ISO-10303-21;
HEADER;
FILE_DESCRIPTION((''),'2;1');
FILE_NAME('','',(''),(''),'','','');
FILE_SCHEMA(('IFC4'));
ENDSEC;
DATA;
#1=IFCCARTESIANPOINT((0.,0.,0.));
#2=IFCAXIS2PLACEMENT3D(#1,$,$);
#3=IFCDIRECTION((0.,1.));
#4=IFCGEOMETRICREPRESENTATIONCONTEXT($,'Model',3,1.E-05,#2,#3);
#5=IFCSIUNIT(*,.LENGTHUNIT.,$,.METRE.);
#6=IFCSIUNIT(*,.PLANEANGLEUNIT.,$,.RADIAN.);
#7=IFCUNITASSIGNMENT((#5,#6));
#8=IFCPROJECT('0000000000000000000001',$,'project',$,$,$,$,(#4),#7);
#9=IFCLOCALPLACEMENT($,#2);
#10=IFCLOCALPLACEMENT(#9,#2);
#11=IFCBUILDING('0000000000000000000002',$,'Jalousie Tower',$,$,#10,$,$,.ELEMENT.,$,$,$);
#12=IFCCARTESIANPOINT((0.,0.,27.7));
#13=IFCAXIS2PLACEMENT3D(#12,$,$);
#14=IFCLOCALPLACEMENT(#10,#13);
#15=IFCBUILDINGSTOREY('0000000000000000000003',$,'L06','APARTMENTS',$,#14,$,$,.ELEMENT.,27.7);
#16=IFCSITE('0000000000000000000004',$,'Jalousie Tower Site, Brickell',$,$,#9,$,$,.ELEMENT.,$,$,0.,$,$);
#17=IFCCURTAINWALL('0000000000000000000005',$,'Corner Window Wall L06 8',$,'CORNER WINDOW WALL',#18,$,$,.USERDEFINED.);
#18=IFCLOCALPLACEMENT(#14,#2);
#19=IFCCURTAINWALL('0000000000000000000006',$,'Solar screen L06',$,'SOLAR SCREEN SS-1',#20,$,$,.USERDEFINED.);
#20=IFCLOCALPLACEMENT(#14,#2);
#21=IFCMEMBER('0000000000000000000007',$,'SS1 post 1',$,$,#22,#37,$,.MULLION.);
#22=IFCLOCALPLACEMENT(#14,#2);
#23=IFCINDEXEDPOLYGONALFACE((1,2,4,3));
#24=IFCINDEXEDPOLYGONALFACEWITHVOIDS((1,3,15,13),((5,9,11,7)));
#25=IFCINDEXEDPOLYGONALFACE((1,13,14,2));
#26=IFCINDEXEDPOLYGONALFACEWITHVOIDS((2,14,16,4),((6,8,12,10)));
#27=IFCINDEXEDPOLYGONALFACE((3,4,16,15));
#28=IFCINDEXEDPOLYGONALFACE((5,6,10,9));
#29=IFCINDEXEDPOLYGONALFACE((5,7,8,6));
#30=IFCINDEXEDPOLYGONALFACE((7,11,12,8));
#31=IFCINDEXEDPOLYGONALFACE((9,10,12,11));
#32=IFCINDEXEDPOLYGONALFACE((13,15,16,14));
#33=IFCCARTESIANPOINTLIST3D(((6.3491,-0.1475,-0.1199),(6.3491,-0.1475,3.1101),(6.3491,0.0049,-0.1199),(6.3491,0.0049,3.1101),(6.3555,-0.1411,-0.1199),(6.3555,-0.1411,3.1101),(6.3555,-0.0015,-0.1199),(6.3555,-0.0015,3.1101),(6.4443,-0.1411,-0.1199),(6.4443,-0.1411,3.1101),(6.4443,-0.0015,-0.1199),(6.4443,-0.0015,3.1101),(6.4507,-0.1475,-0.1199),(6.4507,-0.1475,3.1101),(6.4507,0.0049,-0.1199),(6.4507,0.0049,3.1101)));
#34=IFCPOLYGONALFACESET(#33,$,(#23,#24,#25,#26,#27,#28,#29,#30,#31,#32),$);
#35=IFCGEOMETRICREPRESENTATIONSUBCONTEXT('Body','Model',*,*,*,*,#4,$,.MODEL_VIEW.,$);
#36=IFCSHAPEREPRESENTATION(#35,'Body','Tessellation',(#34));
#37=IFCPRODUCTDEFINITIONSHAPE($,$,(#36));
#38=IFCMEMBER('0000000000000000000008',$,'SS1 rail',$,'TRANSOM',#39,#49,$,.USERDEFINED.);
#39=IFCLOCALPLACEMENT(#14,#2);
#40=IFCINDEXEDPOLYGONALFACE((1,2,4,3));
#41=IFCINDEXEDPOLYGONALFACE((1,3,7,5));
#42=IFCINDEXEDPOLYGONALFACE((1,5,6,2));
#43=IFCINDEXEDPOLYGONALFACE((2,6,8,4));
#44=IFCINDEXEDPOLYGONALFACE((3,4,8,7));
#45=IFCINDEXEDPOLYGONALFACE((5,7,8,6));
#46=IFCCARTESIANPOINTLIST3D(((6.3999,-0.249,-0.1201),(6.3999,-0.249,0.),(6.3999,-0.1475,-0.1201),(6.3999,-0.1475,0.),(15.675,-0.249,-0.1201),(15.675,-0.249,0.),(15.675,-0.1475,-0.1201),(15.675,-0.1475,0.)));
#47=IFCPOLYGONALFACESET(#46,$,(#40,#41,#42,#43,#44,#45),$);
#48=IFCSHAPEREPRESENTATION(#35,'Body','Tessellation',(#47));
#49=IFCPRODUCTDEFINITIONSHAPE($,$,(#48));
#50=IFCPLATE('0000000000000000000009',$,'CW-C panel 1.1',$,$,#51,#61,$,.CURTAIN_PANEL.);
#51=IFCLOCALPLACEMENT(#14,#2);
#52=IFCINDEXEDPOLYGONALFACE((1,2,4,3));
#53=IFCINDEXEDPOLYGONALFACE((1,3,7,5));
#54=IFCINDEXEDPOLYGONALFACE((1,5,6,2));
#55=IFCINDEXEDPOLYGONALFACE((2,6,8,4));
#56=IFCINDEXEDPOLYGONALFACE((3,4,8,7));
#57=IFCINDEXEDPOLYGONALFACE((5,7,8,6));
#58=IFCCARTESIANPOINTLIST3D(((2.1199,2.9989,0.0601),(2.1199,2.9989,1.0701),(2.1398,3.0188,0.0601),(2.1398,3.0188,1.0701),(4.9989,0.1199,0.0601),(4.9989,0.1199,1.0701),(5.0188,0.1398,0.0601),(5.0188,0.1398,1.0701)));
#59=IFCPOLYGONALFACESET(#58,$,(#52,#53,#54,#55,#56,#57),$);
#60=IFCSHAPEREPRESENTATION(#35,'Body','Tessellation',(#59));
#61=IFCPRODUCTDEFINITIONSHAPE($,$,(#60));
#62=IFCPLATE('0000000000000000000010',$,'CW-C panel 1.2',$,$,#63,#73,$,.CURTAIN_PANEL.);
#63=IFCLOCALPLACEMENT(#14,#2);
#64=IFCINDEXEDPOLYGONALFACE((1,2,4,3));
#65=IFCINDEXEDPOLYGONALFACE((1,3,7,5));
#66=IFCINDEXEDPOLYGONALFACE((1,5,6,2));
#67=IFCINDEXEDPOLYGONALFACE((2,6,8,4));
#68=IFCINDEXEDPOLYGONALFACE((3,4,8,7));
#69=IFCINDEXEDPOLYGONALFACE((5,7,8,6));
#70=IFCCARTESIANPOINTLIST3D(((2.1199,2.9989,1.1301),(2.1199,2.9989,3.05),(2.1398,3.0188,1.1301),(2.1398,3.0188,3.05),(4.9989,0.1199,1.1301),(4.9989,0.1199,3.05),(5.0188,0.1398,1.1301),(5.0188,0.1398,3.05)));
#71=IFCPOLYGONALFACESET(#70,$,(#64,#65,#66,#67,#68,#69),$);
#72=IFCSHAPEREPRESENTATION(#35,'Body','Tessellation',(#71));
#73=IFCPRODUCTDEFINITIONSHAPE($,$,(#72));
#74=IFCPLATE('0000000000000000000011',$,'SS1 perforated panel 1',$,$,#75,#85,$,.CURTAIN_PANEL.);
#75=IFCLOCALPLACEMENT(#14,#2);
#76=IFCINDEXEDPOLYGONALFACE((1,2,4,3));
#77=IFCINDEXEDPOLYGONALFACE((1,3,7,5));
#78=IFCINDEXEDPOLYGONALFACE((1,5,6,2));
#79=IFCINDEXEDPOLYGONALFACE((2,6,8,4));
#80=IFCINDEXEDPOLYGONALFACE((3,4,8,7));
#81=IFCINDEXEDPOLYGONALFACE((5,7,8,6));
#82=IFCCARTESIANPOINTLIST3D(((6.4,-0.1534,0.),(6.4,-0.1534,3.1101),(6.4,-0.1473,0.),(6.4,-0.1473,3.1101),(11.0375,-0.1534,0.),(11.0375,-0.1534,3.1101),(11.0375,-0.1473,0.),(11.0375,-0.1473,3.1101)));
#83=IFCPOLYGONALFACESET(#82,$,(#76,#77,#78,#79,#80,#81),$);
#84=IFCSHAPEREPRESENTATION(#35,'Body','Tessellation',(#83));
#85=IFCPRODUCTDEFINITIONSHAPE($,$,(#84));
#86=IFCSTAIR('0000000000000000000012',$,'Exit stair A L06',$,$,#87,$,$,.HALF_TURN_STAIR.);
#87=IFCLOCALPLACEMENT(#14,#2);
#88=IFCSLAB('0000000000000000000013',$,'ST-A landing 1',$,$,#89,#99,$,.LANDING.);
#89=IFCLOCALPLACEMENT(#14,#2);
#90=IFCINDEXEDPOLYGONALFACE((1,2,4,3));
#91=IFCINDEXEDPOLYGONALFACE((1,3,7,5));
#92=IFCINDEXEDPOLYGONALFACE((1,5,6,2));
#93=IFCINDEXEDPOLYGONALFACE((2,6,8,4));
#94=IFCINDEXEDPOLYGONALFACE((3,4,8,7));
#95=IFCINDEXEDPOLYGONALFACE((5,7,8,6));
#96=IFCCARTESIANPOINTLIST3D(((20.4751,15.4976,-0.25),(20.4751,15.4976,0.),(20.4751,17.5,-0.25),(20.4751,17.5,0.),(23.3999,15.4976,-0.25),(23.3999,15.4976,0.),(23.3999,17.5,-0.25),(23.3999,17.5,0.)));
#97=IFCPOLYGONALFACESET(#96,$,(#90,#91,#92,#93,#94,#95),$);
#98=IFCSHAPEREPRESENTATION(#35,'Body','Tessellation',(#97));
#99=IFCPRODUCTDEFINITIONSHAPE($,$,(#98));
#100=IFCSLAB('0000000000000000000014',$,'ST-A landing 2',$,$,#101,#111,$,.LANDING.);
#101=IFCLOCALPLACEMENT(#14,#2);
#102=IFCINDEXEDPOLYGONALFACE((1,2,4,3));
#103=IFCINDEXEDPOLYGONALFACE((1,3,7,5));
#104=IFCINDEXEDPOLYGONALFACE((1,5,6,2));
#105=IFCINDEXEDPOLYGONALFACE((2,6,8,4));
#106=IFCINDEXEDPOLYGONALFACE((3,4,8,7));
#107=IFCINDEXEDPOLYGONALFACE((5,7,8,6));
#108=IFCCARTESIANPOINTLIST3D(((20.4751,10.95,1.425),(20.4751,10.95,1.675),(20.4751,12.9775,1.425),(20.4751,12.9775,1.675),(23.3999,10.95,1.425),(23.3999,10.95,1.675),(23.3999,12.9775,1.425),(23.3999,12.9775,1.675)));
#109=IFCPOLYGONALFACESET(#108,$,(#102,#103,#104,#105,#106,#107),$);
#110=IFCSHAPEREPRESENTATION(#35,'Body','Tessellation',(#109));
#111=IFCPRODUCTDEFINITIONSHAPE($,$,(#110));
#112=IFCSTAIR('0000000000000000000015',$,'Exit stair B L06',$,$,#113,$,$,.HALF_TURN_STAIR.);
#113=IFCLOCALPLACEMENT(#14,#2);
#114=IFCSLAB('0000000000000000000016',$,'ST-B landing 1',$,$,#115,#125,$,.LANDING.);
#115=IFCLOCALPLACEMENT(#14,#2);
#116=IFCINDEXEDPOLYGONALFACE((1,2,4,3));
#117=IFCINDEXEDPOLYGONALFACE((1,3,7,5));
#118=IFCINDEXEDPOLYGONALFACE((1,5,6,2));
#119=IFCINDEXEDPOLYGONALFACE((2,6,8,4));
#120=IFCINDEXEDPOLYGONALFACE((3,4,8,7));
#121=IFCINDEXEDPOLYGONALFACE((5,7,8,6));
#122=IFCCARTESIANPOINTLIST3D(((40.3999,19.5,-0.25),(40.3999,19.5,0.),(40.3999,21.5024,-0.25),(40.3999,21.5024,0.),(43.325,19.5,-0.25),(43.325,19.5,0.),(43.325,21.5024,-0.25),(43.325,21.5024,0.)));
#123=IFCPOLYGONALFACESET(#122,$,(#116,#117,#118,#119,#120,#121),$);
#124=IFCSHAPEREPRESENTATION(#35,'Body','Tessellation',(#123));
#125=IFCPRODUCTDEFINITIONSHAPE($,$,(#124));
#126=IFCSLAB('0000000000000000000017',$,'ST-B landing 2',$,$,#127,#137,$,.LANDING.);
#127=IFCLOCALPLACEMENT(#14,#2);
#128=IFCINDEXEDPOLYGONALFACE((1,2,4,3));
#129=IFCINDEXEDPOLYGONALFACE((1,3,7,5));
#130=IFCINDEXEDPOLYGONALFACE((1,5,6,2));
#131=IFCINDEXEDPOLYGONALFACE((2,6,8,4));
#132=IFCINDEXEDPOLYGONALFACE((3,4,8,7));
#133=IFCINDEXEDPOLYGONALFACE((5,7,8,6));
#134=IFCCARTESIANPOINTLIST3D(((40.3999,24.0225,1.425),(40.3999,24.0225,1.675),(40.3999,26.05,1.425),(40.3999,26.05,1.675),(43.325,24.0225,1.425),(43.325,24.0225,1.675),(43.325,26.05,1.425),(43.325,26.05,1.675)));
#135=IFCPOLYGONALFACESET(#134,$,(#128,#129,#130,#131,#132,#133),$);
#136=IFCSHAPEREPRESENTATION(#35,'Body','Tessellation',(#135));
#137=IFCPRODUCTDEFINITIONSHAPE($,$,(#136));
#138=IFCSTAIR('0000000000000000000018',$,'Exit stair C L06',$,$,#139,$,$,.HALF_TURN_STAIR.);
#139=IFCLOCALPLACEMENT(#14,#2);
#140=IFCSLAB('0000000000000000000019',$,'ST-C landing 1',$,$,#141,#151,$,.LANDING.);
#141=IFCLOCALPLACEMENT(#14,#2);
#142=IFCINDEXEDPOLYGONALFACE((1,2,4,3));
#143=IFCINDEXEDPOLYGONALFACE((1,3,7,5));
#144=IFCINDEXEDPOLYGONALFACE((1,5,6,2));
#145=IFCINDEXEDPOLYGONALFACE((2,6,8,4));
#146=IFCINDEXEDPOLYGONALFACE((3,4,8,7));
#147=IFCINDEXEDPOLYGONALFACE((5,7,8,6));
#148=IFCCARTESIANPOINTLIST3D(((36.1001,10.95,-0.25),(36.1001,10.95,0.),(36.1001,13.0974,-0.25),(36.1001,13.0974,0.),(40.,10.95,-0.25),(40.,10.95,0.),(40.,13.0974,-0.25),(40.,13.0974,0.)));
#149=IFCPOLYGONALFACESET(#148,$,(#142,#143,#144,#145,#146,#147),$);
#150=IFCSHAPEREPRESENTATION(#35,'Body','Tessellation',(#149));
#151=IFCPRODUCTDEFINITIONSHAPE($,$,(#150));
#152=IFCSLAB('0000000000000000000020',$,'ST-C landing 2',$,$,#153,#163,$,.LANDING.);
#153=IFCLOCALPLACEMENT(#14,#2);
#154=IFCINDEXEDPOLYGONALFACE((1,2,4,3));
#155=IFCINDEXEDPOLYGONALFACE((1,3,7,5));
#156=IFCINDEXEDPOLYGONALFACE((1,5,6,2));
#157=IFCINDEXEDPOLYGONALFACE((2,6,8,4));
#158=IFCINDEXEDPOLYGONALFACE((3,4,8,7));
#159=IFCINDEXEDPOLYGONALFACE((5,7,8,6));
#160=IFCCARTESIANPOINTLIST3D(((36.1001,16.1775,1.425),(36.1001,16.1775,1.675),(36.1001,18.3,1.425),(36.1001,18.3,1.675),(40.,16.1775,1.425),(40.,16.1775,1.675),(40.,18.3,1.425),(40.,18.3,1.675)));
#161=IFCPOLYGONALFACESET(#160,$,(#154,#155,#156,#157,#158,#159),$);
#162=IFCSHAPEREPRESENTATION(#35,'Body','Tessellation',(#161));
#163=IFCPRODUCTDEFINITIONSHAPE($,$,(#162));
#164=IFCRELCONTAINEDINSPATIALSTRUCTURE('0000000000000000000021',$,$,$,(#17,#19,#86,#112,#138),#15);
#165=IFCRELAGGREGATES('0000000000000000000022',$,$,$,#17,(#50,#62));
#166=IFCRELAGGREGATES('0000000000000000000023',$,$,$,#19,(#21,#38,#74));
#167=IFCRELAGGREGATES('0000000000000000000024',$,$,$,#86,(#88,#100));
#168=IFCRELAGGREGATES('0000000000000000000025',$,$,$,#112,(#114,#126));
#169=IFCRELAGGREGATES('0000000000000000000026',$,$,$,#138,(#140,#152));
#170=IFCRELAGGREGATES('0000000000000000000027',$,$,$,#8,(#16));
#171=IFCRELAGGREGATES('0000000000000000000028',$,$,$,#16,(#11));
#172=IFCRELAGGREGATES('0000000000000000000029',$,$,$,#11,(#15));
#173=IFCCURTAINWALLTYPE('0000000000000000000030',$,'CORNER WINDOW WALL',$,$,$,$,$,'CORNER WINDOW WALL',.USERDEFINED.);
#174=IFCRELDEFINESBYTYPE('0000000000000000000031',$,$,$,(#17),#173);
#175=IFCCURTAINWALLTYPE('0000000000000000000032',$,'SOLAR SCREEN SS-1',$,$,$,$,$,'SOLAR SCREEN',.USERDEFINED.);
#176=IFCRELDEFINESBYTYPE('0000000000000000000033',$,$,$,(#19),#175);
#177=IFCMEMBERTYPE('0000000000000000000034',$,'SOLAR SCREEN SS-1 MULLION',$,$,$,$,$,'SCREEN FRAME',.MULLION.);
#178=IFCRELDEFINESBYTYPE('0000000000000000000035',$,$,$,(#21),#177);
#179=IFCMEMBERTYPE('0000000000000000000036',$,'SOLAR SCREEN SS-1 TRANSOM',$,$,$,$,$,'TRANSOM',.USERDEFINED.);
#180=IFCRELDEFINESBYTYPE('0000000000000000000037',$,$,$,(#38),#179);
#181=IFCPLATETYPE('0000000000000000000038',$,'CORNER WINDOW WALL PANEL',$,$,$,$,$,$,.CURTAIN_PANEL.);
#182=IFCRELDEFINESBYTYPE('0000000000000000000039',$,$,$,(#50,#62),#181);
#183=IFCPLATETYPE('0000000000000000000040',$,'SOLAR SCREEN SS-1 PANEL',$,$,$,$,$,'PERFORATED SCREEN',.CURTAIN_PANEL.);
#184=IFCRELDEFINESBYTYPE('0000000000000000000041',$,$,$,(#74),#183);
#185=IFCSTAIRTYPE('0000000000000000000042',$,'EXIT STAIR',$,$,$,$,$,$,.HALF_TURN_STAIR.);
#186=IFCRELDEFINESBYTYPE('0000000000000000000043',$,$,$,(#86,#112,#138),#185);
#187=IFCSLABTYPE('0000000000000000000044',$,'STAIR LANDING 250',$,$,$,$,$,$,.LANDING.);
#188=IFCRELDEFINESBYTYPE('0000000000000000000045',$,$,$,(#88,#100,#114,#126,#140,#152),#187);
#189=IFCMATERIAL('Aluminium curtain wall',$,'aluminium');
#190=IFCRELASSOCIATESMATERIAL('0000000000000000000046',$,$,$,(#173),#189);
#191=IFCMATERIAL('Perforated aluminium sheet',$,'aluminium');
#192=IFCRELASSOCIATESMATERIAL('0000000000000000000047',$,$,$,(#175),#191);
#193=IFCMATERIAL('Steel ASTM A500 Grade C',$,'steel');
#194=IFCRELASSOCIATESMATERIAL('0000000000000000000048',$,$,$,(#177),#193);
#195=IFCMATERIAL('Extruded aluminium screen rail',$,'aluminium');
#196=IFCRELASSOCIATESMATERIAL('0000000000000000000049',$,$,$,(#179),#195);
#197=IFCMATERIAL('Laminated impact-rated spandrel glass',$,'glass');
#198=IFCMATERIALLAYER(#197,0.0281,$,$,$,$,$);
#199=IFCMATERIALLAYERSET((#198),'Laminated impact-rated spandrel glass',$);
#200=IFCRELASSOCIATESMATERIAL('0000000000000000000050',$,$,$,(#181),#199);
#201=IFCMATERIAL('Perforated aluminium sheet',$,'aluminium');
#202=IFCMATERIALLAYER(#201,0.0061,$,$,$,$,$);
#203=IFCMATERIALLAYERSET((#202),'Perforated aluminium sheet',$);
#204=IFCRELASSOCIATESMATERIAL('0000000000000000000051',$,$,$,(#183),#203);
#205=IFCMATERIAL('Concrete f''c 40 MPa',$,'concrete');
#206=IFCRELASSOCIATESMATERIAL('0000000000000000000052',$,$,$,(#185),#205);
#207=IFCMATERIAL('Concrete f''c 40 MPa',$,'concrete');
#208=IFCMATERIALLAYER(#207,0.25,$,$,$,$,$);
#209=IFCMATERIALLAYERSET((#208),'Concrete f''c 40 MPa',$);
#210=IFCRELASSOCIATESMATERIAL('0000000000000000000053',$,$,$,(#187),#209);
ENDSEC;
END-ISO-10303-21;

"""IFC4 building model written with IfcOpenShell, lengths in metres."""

from ifc_helpers import new_model, si_unit, direction, frame, origin, origin_2d, place, context, subcontext, project, spatial, polyline, rectangle, hollow_rectangle, outline, extrude, material, layer, layer_set, material_profile, profile_set, type_object, element, aggregate, save


model = new_model("IFC4")

# Units and contexts
model_context = context("Model", 3, precision=1e-05, world=origin(), true_north=direction((0.0, 1.0)))
body_context = subcontext(model_context, "Body", "Model", "MODEL_VIEW")
ifc_project = project(units=[si_unit("LENGTHUNIT", "METRE"), si_unit("PLANEANGLEUNIT", "RADIAN")], contexts=[model_context])

# Site, building, storey
site_placement = place(None, origin())
site = spatial("IfcSite", under=ifc_project, at=site_placement, Name="Jalousie Tower Site, Brickell", CompositionType="ELEMENT", RefElevation=0.0)
building_placement = place(site_placement, origin())
building = spatial("IfcBuilding", under=site, at=building_placement, Name="Jalousie Tower", CompositionType="ELEMENT")
storey_placement = place(building_placement, frame((0.0, 0.0, 27.7)))
storey = spatial("IfcBuildingStorey", under=building, at=storey_placement, Name="L06", Description="APARTMENTS", CompositionType="ELEMENT", Elevation=27.7)

# Curtain wall
ifc_material_1 = material(Name="Aluminium curtain wall", Category="aluminium")
curtain_wall_type_1 = type_object("IfcCurtainWallType", Name="CORNER WINDOW WALL", ElementType="CORNER WINDOW WALL", PredefinedType="USERDEFINED", material=ifc_material_1)
curtain_wall_1_placement = place(storey_placement, origin())
curtain_wall_1 = element("IfcCurtainWall", 1, at=curtain_wall_1_placement, inside=storey, type_object=curtain_wall_type_1, Name="Corner Window Wall L06 8", ObjectType="CORNER WINDOW WALL", PredefinedType="USERDEFINED")

# Curtain wall, members
ifc_material_2 = material(Name="Perforated aluminium sheet", Category="aluminium")
curtain_wall_type_2 = type_object("IfcCurtainWallType", Name="SOLAR SCREEN SS-1", ElementType="SOLAR SCREEN", PredefinedType="USERDEFINED", material=ifc_material_2)
curtain_wall_2_placement = place(storey_placement, origin())
curtain_wall_2 = element("IfcCurtainWall", 2, at=curtain_wall_2_placement, inside=storey, type_object=curtain_wall_type_2, Name="Solar screen L06", ObjectType="SOLAR SCREEN SS-1", PredefinedType="USERDEFINED")
ifc_material_3 = material(Name="Steel ASTM A500 Grade C", Category="steel")
ifc_material_profile_1 = material_profile(ifc_material_3, hollow_rectangle(XDim=0.1016, YDim=0.1523, WallThickness=0.0063, at=origin_2d()), Name="HSS6X4X1/4")
ifc_profile_set_1 = profile_set([ifc_material_profile_1], Name="Steel ASTM A500 Grade C")
member_type_1 = type_object("IfcMemberType", Name="SOLAR SCREEN SS-1 MULLION", ElementType="SCREEN FRAME", PredefinedType="MULLION", material=ifc_profile_set_1)
member_1_placement = place(storey_placement, frame((6.3999, -0.0713, -0.1199), z_axis=(0.0, 0.0, 1.0), x_axis=(1.0, 0.0, 0.0)))
member_1 = element("IfcMember", 3, at=member_1_placement, type_object=member_type_1, Name="SS1 post 1", PredefinedType="MULLION", context=body_context, shape_type="SweptSolid", body=[
    extrude(hollow_rectangle(XDim=0.1016, YDim=0.1523, WallThickness=0.0063, at=origin_2d()), origin(), (0.0, 0.0, 1.0), 3.23),
])
ifc_material_4 = material(Name="Extruded aluminium screen rail", Category="aluminium")
ifc_material_profile_2 = material_profile(ifc_material_4, rectangle(XDim=0.1016, YDim=0.1201, at=origin_2d()), Name="RAIL 102x120")
ifc_profile_set_2 = profile_set([ifc_material_profile_2], Name="Extruded aluminium screen rail")
member_type_2 = type_object("IfcMemberType", Name="SOLAR SCREEN SS-1 TRANSOM", ElementType="TRANSOM", PredefinedType="USERDEFINED", material=ifc_profile_set_2)
member_2_placement = place(storey_placement, frame((6.3999, -0.1982, -0.0601), z_axis=(1.0, 0.0, 0.0), x_axis=(0.0, 1.0, 0.0)))
member_2 = element("IfcMember", 4, at=member_2_placement, type_object=member_type_2, Name="SS1 rail", ObjectType="TRANSOM", PredefinedType="USERDEFINED", context=body_context, shape_type="SweptSolid", body=[
    extrude(rectangle(XDim=0.1016, YDim=0.1201, at=origin_2d()), origin(), (0.0, 0.0, 1.0), 9.2751),
])

# Plates
ifc_material_5 = material(Name="Laminated impact-rated spandrel glass", Category="glass")
ifc_layer_1 = layer(ifc_material_5, 0.0281)
ifc_layer_set_1 = layer_set([ifc_layer_1], Name="Laminated impact-rated spandrel glass")
plate_type_1 = type_object("IfcPlateType", Name="CORNER WINDOW WALL PANEL", PredefinedType="CURTAIN_PANEL", material=ifc_layer_set_1)
plate_1_placement = place(storey_placement, frame((3.5693, 1.5693, 0.0601), z_axis=(0.0, 0.0, 1.0), x_axis=(0.707107, -0.707107, 0.0)))
plate_1 = element("IfcPlate", 5, at=plate_1_placement, type_object=plate_type_1, Name="CW-C panel 1.1", PredefinedType="CURTAIN_PANEL", context=body_context, shape_type="SweptSolid", body=[
    extrude(rectangle(XDim=4.0715, YDim=0.0281, at=origin_2d()), origin(), (0.0, 0.0, 1.0), 1.01),
])
plate_2_placement = place(storey_placement, frame((3.5693, 1.5693, 1.1301), z_axis=(0.0, 0.0, 1.0), x_axis=(0.707107, -0.707107, 0.0)))
plate_2 = element("IfcPlate", 6, at=plate_2_placement, type_object=plate_type_1, Name="CW-C panel 1.2", PredefinedType="CURTAIN_PANEL", context=body_context, shape_type="SweptSolid", body=[
    extrude(rectangle(XDim=4.0715, YDim=0.0281, at=origin_2d()), origin(), (0.0, 0.0, 1.0), 1.9199),
])
aggregate(curtain_wall_1, [plate_1, plate_2])

# Plate
ifc_material_6 = material(Name="Perforated aluminium sheet", Category="aluminium")
ifc_layer_2 = layer(ifc_material_6, 0.0061)
ifc_layer_set_2 = layer_set([ifc_layer_2], Name="Perforated aluminium sheet")
plate_type_2 = type_object("IfcPlateType", Name="SOLAR SCREEN SS-1 PANEL", ElementType="PERFORATED SCREEN", PredefinedType="CURTAIN_PANEL", material=ifc_layer_set_2)
plate_3_placement = place(storey_placement, frame((8.7188, -0.1504, 0.0), z_axis=(0.0, 0.0, 1.0), x_axis=(1.0, 0.0, 0.0)))
plate_3 = element("IfcPlate", 7, at=plate_3_placement, type_object=plate_type_2, Name="SS1 perforated panel 1", PredefinedType="CURTAIN_PANEL", context=body_context, shape_type="SweptSolid", body=[
    extrude(rectangle(XDim=4.6375, YDim=0.0061, at=origin_2d()), origin(), (0.0, 0.0, 1.0), 3.1101),
])
aggregate(curtain_wall_2, [member_1, member_2, plate_3])

# Stairs, slabs
ifc_material_7 = material(Name="Concrete f'c 40 MPa", Category="concrete")
stair_type = type_object("IfcStairType", Name="EXIT STAIR", PredefinedType="HALF_TURN_STAIR", material=ifc_material_7)
stair_1_placement = place(storey_placement, origin())
stair_1 = element("IfcStair", 8, at=stair_1_placement, inside=storey, type_object=stair_type, Name="Exit stair A L06", PredefinedType="HALF_TURN_STAIR")
ifc_material_8 = material(Name="Concrete f'c 40 MPa", Category="concrete")
ifc_layer_3 = layer(ifc_material_8, 0.25)
ifc_layer_set_3 = layer_set([ifc_layer_3], Name="Concrete f'c 40 MPa")
slab_type_1 = type_object("IfcSlabType", Name="STAIR LANDING 250", PredefinedType="LANDING", material=ifc_layer_set_3)
slab_1_placement = place(storey_placement, frame((0.0, 0.0, -0.25)))
slab_1 = element("IfcSlab", 9, at=slab_1_placement, type_object=slab_type_1, Name="ST-A landing 1", PredefinedType="LANDING", context=body_context, shape_type="SweptSolid", body=[
    extrude(outline(polyline([(20.4751, 15.4976), (23.3999, 15.4976), (23.3999, 17.5), (20.4751, 17.5), (20.4751, 15.4976)])), origin(), (0.0, 0.0, 1.0), 0.25),
])
slab_2_placement = place(storey_placement, frame((0.0, 0.0, 1.425)))
slab_2 = element("IfcSlab", 10, at=slab_2_placement, type_object=slab_type_1, Name="ST-A landing 2", PredefinedType="LANDING", context=body_context, shape_type="SweptSolid", body=[
    extrude(outline(polyline([(20.4751, 10.95), (23.3999, 10.95), (23.3999, 12.9775), (20.4751, 12.9775), (20.4751, 10.95)])), origin(), (0.0, 0.0, 1.0), 0.25),
])
aggregate(stair_1, [slab_1, slab_2])
stair_2_placement = place(storey_placement, origin())
stair_2 = element("IfcStair", 11, at=stair_2_placement, inside=storey, type_object=stair_type, Name="Exit stair B L06", PredefinedType="HALF_TURN_STAIR")
slab_3_placement = place(storey_placement, frame((0.0, 0.0, -0.25)))
slab_3 = element("IfcSlab", 12, at=slab_3_placement, type_object=slab_type_1, Name="ST-B landing 1", PredefinedType="LANDING", context=body_context, shape_type="SweptSolid", body=[
    extrude(outline(polyline([(40.3999, 19.5), (43.325, 19.5), (43.325, 21.5024), (40.3999, 21.5024), (40.3999, 19.5)])), origin(), (0.0, 0.0, 1.0), 0.25),
])
slab_4_placement = place(storey_placement, frame((0.0, 0.0, 1.425)))
slab_4 = element("IfcSlab", 13, at=slab_4_placement, type_object=slab_type_1, Name="ST-B landing 2", PredefinedType="LANDING", context=body_context, shape_type="SweptSolid", body=[
    extrude(outline(polyline([(40.3999, 24.0225), (43.325, 24.0225), (43.325, 26.05), (40.3999, 26.05), (40.3999, 24.0225)])), origin(), (0.0, 0.0, 1.0), 0.25),
])
aggregate(stair_2, [slab_3, slab_4])
stair_3_placement = place(storey_placement, origin())
stair_3 = element("IfcStair", 14, at=stair_3_placement, inside=storey, type_object=stair_type, Name="Exit stair C L06", PredefinedType="HALF_TURN_STAIR")
slab_5_placement = place(storey_placement, frame((0.0, 0.0, -0.25)))
slab_5 = element("IfcSlab", 15, at=slab_5_placement, type_object=slab_type_1, Name="ST-C landing 1", PredefinedType="LANDING", context=body_context, shape_type="SweptSolid", body=[
    extrude(outline(polyline([(36.1001, 10.95), (40.0, 10.95), (40.0, 13.0974), (36.1001, 13.0974), (36.1001, 10.95)])), origin(), (0.0, 0.0, 1.0), 0.25),
])
slab_6_placement = place(storey_placement, frame((0.0, 0.0, 1.425)))
slab_6 = element("IfcSlab", 16, at=slab_6_placement, type_object=slab_type_1, Name="ST-C landing 2", PredefinedType="LANDING", context=body_context, shape_type="SweptSolid", body=[
    extrude(outline(polyline([(36.1001, 16.1775), (40.0, 16.1775), (40.0, 18.3), (36.1001, 18.3), (36.1001, 16.1775)])), origin(), (0.0, 0.0, 1.0), 0.25),
])
aggregate(stair_3, [slab_5, slab_6])

save(model, "model.ifc")
